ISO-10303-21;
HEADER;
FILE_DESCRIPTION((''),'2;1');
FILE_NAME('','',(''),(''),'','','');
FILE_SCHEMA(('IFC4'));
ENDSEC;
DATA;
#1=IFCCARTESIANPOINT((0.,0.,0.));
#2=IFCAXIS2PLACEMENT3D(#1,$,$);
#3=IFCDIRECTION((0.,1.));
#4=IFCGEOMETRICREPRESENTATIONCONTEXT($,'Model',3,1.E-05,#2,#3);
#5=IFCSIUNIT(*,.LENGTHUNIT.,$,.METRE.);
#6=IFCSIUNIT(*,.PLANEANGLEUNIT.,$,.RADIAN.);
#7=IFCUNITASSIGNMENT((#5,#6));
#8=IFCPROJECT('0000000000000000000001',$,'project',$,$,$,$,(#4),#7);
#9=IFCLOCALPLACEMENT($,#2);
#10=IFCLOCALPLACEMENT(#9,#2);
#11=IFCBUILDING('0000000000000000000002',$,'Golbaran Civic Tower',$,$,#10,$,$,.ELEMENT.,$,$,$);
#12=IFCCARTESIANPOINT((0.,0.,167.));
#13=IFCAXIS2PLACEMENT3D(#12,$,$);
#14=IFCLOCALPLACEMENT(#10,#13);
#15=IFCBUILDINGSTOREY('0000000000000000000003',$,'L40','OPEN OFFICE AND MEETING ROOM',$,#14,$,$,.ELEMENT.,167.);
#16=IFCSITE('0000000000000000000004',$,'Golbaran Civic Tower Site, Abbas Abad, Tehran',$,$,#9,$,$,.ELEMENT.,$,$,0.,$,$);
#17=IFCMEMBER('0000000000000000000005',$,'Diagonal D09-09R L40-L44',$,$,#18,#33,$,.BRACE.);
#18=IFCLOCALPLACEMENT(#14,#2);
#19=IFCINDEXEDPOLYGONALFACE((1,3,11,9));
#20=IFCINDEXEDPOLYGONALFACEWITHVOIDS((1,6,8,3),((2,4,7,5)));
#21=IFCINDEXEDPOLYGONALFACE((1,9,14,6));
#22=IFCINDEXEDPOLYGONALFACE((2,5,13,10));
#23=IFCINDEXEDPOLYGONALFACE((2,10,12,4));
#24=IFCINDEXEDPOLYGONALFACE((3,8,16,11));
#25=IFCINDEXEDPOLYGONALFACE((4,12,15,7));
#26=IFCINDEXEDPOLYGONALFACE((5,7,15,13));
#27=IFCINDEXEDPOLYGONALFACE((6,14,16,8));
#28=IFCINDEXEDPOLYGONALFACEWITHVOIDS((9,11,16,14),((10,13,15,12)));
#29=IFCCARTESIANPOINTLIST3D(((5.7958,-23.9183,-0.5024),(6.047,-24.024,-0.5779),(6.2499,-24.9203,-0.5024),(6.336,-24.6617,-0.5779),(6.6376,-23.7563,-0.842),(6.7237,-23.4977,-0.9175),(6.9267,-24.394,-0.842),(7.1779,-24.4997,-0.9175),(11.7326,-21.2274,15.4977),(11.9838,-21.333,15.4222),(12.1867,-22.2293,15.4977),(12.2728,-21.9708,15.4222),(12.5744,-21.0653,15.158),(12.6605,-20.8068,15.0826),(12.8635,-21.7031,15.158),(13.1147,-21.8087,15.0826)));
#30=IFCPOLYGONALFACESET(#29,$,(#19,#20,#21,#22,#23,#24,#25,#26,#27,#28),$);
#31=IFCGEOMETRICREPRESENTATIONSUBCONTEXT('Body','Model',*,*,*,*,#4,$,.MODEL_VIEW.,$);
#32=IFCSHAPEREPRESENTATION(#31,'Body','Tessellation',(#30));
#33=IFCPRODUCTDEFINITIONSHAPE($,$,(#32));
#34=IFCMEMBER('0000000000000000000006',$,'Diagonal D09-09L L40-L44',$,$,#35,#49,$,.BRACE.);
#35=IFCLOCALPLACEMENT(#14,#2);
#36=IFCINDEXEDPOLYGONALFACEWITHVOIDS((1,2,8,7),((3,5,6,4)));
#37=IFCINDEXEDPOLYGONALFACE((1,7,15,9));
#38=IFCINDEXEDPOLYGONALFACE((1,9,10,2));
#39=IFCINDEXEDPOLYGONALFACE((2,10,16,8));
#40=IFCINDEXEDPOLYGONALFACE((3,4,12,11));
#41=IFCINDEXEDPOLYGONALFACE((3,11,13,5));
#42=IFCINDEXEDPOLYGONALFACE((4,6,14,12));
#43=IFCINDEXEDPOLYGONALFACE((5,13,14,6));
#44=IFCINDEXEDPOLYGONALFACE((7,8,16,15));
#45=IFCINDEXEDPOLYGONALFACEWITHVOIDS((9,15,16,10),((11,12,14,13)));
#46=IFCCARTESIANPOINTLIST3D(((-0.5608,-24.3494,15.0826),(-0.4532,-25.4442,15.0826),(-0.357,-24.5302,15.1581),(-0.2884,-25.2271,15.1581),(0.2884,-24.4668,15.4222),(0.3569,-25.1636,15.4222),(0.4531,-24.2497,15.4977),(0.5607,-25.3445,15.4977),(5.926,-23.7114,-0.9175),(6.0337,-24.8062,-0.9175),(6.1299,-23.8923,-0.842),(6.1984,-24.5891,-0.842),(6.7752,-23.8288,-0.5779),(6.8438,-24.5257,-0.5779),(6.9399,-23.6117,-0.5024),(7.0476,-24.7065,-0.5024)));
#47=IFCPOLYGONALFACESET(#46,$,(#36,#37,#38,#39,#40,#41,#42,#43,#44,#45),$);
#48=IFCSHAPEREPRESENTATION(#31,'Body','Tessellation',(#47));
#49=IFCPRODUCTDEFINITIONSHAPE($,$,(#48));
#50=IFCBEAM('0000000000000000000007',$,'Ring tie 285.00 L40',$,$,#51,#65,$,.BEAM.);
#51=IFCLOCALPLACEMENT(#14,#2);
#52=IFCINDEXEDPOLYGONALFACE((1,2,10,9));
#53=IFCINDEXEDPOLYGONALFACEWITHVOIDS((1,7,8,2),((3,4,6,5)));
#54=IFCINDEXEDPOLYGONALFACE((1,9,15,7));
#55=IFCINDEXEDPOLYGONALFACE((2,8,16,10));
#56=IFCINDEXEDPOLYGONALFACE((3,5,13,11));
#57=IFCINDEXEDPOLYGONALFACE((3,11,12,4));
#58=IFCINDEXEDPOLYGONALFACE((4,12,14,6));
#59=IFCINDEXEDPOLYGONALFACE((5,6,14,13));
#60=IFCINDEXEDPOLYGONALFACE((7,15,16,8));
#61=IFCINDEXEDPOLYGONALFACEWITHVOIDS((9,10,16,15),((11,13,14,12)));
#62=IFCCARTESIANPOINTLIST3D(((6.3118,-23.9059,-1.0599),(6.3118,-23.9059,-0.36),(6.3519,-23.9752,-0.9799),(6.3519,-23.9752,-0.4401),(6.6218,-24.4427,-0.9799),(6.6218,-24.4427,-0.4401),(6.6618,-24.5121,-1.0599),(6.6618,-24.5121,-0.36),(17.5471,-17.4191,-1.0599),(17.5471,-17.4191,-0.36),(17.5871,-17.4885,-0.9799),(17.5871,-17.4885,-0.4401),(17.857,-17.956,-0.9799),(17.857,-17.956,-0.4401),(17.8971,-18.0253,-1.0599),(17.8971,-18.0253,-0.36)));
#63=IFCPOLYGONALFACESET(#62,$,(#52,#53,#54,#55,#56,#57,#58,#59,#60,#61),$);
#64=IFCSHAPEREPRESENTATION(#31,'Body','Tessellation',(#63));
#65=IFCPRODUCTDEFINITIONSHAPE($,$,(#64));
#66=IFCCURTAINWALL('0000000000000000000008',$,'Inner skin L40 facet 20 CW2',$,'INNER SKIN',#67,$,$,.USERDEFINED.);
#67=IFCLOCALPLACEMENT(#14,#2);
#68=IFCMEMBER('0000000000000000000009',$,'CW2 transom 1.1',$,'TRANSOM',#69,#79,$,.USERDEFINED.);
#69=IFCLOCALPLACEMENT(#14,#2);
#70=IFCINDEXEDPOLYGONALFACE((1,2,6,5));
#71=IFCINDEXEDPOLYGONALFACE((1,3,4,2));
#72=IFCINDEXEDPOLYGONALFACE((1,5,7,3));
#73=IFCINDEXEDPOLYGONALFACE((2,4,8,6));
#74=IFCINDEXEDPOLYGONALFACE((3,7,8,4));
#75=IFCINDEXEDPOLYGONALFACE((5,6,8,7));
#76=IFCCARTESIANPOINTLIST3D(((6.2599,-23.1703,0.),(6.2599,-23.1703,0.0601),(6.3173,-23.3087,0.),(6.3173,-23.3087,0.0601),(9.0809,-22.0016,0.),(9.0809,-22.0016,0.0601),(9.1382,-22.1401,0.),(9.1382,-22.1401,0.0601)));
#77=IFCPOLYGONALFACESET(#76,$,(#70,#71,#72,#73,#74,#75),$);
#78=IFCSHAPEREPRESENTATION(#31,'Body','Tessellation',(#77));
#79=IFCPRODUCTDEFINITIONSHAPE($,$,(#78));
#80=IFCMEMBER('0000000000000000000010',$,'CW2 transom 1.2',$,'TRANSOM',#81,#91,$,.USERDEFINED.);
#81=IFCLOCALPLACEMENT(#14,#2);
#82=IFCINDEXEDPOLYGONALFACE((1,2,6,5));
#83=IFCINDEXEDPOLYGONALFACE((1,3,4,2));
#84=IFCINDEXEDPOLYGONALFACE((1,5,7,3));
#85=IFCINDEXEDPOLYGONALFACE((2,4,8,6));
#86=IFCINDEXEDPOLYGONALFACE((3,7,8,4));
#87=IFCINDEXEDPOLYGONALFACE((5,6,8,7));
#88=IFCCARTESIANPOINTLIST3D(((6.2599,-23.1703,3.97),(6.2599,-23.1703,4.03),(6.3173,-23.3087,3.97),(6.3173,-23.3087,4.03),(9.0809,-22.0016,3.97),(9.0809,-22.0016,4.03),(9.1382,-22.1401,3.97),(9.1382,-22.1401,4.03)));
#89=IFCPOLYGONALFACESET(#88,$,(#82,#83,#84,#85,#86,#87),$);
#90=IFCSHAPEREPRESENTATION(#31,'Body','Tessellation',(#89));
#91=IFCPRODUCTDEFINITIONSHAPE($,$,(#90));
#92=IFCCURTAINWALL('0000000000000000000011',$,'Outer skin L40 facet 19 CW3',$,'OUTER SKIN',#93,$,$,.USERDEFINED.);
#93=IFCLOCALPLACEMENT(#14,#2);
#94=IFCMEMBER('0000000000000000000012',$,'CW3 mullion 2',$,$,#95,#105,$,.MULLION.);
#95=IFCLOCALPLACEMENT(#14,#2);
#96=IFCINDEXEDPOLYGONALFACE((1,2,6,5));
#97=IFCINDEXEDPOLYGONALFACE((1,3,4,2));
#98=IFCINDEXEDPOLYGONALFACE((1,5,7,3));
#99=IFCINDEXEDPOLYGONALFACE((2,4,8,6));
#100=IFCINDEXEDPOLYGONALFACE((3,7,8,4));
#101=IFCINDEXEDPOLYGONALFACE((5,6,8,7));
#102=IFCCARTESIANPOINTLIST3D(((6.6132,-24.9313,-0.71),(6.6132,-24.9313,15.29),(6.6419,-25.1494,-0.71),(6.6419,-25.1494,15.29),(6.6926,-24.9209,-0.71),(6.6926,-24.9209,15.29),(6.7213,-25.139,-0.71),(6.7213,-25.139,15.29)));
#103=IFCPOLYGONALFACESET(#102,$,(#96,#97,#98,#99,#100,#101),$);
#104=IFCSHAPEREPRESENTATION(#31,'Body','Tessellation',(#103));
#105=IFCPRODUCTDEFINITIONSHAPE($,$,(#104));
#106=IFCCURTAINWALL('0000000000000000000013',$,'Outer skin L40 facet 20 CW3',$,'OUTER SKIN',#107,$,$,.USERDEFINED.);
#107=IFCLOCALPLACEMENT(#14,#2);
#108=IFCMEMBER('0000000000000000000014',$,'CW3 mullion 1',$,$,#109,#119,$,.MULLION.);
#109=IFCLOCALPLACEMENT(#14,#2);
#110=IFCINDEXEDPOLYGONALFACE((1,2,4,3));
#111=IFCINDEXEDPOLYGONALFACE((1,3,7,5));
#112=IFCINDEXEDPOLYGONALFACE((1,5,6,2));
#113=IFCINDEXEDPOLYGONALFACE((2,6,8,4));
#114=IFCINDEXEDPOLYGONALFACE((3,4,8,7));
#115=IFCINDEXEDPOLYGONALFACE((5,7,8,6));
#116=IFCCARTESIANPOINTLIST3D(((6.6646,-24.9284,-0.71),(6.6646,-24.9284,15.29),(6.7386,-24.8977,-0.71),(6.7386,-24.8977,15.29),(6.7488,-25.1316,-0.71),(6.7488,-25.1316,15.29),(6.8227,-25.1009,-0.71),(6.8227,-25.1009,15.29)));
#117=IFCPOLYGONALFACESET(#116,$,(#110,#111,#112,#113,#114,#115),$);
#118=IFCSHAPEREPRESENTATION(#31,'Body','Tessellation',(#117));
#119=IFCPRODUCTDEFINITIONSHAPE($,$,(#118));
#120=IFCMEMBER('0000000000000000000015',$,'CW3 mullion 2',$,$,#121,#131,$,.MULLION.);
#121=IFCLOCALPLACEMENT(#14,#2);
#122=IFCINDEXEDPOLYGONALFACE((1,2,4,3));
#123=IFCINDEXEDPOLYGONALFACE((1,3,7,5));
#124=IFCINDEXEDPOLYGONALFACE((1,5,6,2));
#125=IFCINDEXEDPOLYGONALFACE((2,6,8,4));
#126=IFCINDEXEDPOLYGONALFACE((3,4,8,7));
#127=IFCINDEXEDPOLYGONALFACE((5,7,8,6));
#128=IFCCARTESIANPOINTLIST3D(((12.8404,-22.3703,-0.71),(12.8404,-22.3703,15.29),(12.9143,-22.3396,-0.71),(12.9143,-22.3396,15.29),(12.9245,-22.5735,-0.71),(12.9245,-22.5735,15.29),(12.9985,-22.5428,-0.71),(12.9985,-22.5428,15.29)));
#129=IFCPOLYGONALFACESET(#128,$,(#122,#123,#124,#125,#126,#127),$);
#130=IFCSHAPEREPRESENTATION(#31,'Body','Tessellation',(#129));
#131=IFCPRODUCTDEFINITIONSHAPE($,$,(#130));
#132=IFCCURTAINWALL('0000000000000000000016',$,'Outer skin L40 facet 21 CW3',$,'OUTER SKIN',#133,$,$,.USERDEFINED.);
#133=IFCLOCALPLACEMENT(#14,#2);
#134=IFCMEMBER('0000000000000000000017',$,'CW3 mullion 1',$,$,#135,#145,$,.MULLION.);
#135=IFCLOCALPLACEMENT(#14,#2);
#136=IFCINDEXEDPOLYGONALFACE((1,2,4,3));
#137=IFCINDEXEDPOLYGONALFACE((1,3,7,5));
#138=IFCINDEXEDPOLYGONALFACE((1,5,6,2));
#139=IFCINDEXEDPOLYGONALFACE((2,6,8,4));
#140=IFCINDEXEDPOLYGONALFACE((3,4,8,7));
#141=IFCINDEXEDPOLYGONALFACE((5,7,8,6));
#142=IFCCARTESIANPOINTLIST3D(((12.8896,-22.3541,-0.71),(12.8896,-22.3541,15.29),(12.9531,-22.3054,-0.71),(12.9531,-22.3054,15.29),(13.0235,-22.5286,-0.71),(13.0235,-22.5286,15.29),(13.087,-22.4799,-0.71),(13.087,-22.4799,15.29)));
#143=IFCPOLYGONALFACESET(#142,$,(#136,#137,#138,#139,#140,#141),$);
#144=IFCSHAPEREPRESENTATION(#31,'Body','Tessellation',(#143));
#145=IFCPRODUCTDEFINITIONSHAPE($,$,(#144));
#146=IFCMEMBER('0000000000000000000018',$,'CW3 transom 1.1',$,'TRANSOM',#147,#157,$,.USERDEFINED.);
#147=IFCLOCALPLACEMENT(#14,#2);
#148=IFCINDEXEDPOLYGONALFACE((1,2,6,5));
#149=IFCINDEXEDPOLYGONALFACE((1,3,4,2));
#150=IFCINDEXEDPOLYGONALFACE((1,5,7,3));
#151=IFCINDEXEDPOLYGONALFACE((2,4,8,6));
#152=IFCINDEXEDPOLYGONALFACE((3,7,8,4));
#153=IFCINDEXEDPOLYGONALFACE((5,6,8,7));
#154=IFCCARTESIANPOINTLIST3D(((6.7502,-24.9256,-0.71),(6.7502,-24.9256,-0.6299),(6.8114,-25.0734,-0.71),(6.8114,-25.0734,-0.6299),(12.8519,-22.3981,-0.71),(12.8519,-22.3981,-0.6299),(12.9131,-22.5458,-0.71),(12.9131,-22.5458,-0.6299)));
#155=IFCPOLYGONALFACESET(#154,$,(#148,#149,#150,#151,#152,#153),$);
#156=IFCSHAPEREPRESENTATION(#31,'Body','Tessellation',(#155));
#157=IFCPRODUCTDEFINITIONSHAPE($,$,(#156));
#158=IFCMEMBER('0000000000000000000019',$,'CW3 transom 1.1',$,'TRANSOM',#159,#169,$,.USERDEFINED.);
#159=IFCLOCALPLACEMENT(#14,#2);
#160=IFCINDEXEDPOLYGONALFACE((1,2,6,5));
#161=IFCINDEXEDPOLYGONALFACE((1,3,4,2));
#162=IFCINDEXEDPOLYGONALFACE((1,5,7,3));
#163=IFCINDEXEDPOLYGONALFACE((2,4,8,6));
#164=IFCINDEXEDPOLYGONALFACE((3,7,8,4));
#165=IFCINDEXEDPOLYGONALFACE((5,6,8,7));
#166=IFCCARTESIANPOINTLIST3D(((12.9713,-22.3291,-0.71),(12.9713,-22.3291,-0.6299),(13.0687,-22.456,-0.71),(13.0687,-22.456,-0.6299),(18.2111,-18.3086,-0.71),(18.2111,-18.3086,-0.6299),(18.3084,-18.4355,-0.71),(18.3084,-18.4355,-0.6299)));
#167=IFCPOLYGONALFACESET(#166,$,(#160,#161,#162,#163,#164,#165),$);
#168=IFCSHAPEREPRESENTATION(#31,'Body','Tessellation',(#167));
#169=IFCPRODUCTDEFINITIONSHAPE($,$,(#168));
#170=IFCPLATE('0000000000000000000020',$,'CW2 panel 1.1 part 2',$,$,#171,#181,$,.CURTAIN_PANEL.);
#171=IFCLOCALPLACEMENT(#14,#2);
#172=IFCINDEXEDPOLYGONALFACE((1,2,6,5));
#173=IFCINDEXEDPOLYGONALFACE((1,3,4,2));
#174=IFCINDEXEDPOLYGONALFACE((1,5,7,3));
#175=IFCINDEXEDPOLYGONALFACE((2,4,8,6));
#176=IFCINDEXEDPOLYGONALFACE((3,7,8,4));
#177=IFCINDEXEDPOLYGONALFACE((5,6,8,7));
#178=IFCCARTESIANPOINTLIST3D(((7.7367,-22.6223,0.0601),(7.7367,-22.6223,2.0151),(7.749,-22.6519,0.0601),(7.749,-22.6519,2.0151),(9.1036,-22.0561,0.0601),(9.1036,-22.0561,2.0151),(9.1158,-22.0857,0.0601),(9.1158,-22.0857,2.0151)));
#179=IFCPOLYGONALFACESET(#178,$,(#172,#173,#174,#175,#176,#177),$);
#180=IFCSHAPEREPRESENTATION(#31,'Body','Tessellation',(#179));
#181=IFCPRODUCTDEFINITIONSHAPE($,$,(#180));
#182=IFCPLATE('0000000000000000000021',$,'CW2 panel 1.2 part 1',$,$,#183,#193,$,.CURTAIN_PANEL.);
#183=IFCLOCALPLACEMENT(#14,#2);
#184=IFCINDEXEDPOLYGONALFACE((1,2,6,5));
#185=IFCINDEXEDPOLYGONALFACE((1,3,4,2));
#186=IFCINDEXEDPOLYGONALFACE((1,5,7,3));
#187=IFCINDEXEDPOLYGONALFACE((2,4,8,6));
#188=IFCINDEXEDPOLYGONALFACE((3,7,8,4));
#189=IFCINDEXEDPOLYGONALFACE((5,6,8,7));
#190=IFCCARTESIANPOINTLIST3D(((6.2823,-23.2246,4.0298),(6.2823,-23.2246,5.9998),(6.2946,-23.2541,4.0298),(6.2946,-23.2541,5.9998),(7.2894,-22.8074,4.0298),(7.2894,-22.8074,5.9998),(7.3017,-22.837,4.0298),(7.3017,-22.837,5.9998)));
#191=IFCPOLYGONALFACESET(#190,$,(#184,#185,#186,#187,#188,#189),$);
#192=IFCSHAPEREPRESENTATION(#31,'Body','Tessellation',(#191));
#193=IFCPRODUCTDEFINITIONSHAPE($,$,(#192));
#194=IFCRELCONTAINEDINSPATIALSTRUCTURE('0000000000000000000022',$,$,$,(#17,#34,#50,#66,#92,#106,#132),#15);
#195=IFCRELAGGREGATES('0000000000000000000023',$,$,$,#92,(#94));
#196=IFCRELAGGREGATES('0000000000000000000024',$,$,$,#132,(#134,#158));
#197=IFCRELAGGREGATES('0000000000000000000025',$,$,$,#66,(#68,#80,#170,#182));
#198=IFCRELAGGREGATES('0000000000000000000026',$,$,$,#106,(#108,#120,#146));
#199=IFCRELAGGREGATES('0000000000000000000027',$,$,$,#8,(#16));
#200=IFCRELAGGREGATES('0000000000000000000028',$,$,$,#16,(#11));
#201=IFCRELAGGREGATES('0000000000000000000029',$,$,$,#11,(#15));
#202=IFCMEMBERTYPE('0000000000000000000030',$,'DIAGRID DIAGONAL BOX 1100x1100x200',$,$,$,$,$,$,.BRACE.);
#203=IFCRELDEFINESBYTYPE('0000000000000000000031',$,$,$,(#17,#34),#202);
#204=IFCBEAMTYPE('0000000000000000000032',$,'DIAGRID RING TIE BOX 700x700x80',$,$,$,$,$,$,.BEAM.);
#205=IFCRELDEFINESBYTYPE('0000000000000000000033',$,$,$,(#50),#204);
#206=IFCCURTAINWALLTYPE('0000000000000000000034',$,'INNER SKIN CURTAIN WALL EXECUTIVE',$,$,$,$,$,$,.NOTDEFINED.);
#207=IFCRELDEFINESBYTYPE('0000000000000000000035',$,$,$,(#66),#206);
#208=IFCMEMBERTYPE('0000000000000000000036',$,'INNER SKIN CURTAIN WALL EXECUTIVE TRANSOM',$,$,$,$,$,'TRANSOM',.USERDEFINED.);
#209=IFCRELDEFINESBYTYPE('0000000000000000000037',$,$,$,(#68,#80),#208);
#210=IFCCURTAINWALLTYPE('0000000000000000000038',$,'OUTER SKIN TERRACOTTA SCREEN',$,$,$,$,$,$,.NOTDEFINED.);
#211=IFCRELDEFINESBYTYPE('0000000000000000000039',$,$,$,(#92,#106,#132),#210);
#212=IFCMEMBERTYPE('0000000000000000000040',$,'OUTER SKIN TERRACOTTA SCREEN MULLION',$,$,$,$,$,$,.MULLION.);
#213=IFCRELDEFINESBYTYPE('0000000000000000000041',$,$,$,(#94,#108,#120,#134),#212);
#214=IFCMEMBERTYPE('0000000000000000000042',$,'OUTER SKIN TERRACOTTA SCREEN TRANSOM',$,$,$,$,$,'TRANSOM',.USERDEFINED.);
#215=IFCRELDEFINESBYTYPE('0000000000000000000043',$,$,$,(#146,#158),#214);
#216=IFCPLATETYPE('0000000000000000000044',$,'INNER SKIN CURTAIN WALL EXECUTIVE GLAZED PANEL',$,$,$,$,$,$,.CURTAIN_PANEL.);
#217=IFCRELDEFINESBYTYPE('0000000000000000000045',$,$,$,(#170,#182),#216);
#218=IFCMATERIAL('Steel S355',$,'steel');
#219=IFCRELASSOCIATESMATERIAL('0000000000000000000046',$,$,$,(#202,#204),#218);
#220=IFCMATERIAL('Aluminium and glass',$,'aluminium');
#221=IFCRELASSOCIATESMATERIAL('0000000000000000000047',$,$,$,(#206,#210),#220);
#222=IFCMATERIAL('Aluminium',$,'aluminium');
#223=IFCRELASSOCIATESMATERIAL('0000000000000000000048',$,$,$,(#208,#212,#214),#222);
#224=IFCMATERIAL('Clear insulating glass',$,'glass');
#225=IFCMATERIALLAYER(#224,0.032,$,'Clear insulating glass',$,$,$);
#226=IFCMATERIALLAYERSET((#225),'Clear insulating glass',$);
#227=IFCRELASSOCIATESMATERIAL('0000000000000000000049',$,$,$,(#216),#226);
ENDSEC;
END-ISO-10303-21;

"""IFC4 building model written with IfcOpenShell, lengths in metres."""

from ifc_helpers import new_model, si_unit, direction, frame, origin, origin_2d, place, context, subcontext, project, spatial, rectangle, hollow_rectangle, extrude, material, layer, layer_set, material_profile, profile_set, type_object, element, aggregate, save


model = new_model("IFC4")

# Units and contexts
model_context = context("Model", 3, precision=1e-05, world=origin(), true_north=direction((0.0, 1.0)))
body_context = subcontext(model_context, "Body", "Model", "MODEL_VIEW")
ifc_project = project(units=[si_unit("LENGTHUNIT", "METRE"), si_unit("PLANEANGLEUNIT", "RADIAN")], contexts=[model_context])

# Site, building, storey
site_placement = place(None, origin())
site = spatial("IfcSite", under=ifc_project, at=site_placement, Name="Golbaran Civic Tower Site, Abbas Abad, Tehran", CompositionType="ELEMENT", RefElevation=0.0)
building_placement = place(site_placement, origin())
building = spatial("IfcBuilding", under=site, at=building_placement, Name="Golbaran Civic Tower", CompositionType="ELEMENT")
storey_placement = place(building_placement, frame((0.0, 0.0, 167.0)))
storey = spatial("IfcBuildingStorey", under=building, at=storey_placement, Name="L40", Description="OPEN OFFICE AND MEETING ROOM", CompositionType="ELEMENT", Elevation=167.0)

# Members
ifc_material_1 = material(Name="Steel S355", Category="steel")
ifc_material_profile_1 = material_profile(ifc_material_1, hollow_rectangle(XDim=1.1001, YDim=1.1001, WallThickness=0.2, at=origin_2d()), Name="BOX 1100x1100x200")
ifc_profile_set_1 = profile_set([ifc_material_profile_1], Name="Steel S355")
member_type_1 = type_object("IfcMemberType", Name="DIAGRID DIAGONAL BOX 1100x1100x200", PredefinedType="BRACE", material=ifc_profile_set_1)
for number, where, z_axis, x_axis, name in (
    (1, (6.4868, -24.209, -0.71), (0.343627, 0.155754, 0.9261), (-0.412835, 0.910806, 0.0), "Diagonal D09-09R L40-L44"),
    (2, (6.4868, -24.209, -0.71), (-0.375465, -0.036925, 0.926101), (0.097872, -0.995199, 0.0), "Diagonal D09-09L L40-L44"),
):
    element("IfcMember", number, at=place(storey_placement, frame(where, z_axis=z_axis, x_axis=x_axis)), inside=storey, type_object=member_type_1, Name=name, PredefinedType="BRACE", context=body_context, shape_type="SweptSolid", body=[
        extrude(hollow_rectangle(XDim=1.1001, YDim=1.1001, WallThickness=0.2, at=origin_2d()), origin(), (0.0, 0.0, 1.0), 17.2769),
    ])

# Beam
ifc_material_profile_2 = material_profile(ifc_material_1, hollow_rectangle(XDim=0.7, YDim=0.7, WallThickness=0.0801, at=origin_2d()), Name="BOX 700x700x80")
ifc_profile_set_2 = profile_set([ifc_material_profile_2], Name="Steel S355")
beam_type = type_object("IfcBeamType", Name="DIAGRID RING TIE BOX 700x700x80", PredefinedType="BEAM", material=ifc_profile_set_2)
beam_placement = place(storey_placement, frame((6.4868, -24.209, -0.71), z_axis=(0.866023, 0.500005, 0.0), x_axis=(-0.500005, 0.866023, 0.0)))
element("IfcBeam", 3, at=beam_placement, inside=storey, type_object=beam_type, Name="Ring tie 285.00 L40", PredefinedType="BEAM", context=body_context, shape_type="SweptSolid", body=[
    extrude(hollow_rectangle(XDim=0.7, YDim=0.7, WallThickness=0.0801, at=origin_2d()), origin(), (0.0, 0.0, 1.0), 12.9734),
])

# Curtain wall, members
ifc_material_2 = material(Name="Aluminium and glass", Category="aluminium")
curtain_wall_type_1 = type_object("IfcCurtainWallType", Name="INNER SKIN CURTAIN WALL EXECUTIVE", PredefinedType="NOTDEFINED", material=ifc_material_2)
curtain_wall_1_placement = place(storey_placement, origin())
curtain_wall_1 = element("IfcCurtainWall", 4, at=curtain_wall_1_placement, inside=storey, type_object=curtain_wall_type_1, Name="Inner skin L40 facet 20 CW2", ObjectType="INNER SKIN", PredefinedType="USERDEFINED")
ifc_material_3 = material(Name="Aluminium", Category="aluminium")
ifc_material_profile_3 = material_profile(ifc_material_3, rectangle(XDim=0.1499, YDim=0.0601, at=origin_2d()), Name="INNER SKIN CURTAIN WALL EXECUTIVE TRANSOM")
ifc_profile_set_3 = profile_set([ifc_material_profile_3], Name="Aluminium")
member_type_2 = type_object("IfcMemberType", Name="INNER SKIN CURTAIN WALL EXECUTIVE TRANSOM", ElementType="TRANSOM", PredefinedType="USERDEFINED", material=ifc_profile_set_3)
member_1_placement = place(storey_placement, frame((6.2886, -23.2395, 0.03), z_axis=(0.923858, 0.382735, 0.0), x_axis=(-0.382735, 0.923858, 0.0)))
member_1 = element("IfcMember", 5, at=member_1_placement, type_object=member_type_2, Name="CW2 transom 1.1", ObjectType="TRANSOM", PredefinedType="USERDEFINED", context=body_context, shape_type="SweptSolid", body=[
    extrude(rectangle(XDim=0.1499, YDim=0.0601, at=origin_2d()), origin(), (0.0, 0.0, 1.0), 3.0535),
])
member_2_placement = place(storey_placement, frame((6.2886, -23.2395, 4.0), z_axis=(0.923858, 0.382735, 0.0), x_axis=(-0.382735, 0.923858, 0.0)))
member_2 = element("IfcMember", 6, at=member_2_placement, type_object=member_type_2, Name="CW2 transom 1.2", ObjectType="TRANSOM", PredefinedType="USERDEFINED", context=body_context, shape_type="SweptSolid", body=[
    extrude(rectangle(XDim=0.1499, YDim=0.0601, at=origin_2d()), origin(), (0.0, 0.0, 1.0), 3.0535),
])

# Curtain wall, member
curtain_wall_type_2 = type_object("IfcCurtainWallType", Name="OUTER SKIN TERRACOTTA SCREEN", PredefinedType="NOTDEFINED", material=ifc_material_2)
curtain_wall_2_placement = place(storey_placement, origin())
curtain_wall_2 = element("IfcCurtainWall", 7, at=curtain_wall_2_placement, inside=storey, type_object=curtain_wall_type_2, Name="Outer skin L40 facet 19 CW3", ObjectType="OUTER SKIN", PredefinedType="USERDEFINED")
ifc_material_profile_4 = material_profile(ifc_material_3, rectangle(XDim=0.22, YDim=0.0801, at=origin_2d()), Name="OUTER SKIN TERRACOTTA SCREEN MULLION")
ifc_profile_set_4 = profile_set([ifc_material_profile_4], Name="Aluminium")
member_type_3 = type_object("IfcMemberType", Name="OUTER SKIN TERRACOTTA SCREEN MULLION", PredefinedType="MULLION", material=ifc_profile_set_4)
member_3_placement = place(storey_placement, frame((6.6672, -25.0352, -0.71), z_axis=(0.0, 0.0, 1.0), x_axis=(-0.130526, 0.991445, 0.0)))
member_3 = element("IfcMember", 8, at=member_3_placement, type_object=member_type_3, Name="CW3 mullion 2", PredefinedType="MULLION", context=body_context, shape_type="SweptSolid", body=[
    extrude(rectangle(XDim=0.22, YDim=0.0801, at=origin_2d()), origin(), (0.0, 0.0, 1.0), 16.0),
])
aggregate(curtain_wall_2, [member_3])

# Curtain wall, members
curtain_wall_3_placement = place(storey_placement, origin())
curtain_wall_3 = element("IfcCurtainWall", 9, at=curtain_wall_3_placement, inside=storey, type_object=curtain_wall_type_2, Name="Outer skin L40 facet 20 CW3", ObjectType="OUTER SKIN", PredefinedType="USERDEFINED")
member_4_placement = place(storey_placement, frame((6.7437, -25.0146, -0.71), z_axis=(0.0, 0.0, 1.0), x_axis=(-0.382683, 0.92388, 0.0)))
member_4 = element("IfcMember", 10, at=member_4_placement, type_object=member_type_3, Name="CW3 mullion 1", PredefinedType="MULLION", context=body_context, shape_type="SweptSolid", body=[
    extrude(rectangle(XDim=0.22, YDim=0.0801, at=origin_2d()), origin(), (0.0, 0.0, 1.0), 16.0),
])
member_5_placement = place(storey_placement, frame((12.9194, -22.4565, -0.71), z_axis=(0.0, 0.0, 1.0), x_axis=(-0.382683, 0.92388, 0.0)))
member_5 = element("IfcMember", 11, at=member_5_placement, type_object=member_type_3, Name="CW3 mullion 2", PredefinedType="MULLION", context=body_context, shape_type="SweptSolid", body=[
    extrude(rectangle(XDim=0.22, YDim=0.0801, at=origin_2d()), origin(), (0.0, 0.0, 1.0), 16.0),
])

# Curtain wall, member
curtain_wall_4_placement = place(storey_placement, origin())
curtain_wall_4 = element("IfcCurtainWall", 12, at=curtain_wall_4_placement, inside=storey, type_object=curtain_wall_type_2, Name="Outer skin L40 facet 21 CW3", ObjectType="OUTER SKIN", PredefinedType="USERDEFINED")
member_6_placement = place(storey_placement, frame((12.9883, -22.417, -0.71), z_axis=(0.0, 0.0, 1.0), x_axis=(-0.608761, 0.793353, 0.0)))
member_6 = element("IfcMember", 13, at=member_6_placement, type_object=member_type_3, Name="CW3 mullion 1", PredefinedType="MULLION", context=body_context, shape_type="SweptSolid", body=[
    extrude(rectangle(XDim=0.22, YDim=0.0801, at=origin_2d()), origin(), (0.0, 0.0, 1.0), 16.0),
])

# Members
ifc_material_profile_5 = material_profile(ifc_material_3, rectangle(XDim=0.1599, YDim=0.0801, at=origin_2d()), Name="OUTER SKIN TERRACOTTA SCREEN TRANSOM")
ifc_profile_set_5 = profile_set([ifc_material_profile_5], Name="Aluminium")
member_type_4 = type_object("IfcMemberType", Name="OUTER SKIN TERRACOTTA SCREEN TRANSOM", ElementType="TRANSOM", PredefinedType="USERDEFINED", material=ifc_profile_set_5)
member_7_placement = place(storey_placement, frame((6.7808, -24.9995, -0.6699), z_axis=(0.923872, 0.382701, 0.0), x_axis=(-0.382701, 0.923872, 0.0)))
member_7 = element("IfcMember", 14, at=member_7_placement, type_object=member_type_4, Name="CW3 transom 1.1", ObjectType="TRANSOM", PredefinedType="USERDEFINED", context=body_context, shape_type="SweptSolid", body=[
    extrude(rectangle(XDim=0.1599, YDim=0.0801, at=origin_2d()), origin(), (0.0, 0.0, 1.0), 6.6045),
])
member_8_placement = place(storey_placement, frame((13.02, -22.3926, -0.6699), z_axis=(0.79336, 0.608753, 0.0), x_axis=(-0.608753, 0.79336, 0.0)))
member_8 = element("IfcMember", 15, at=member_8_placement, type_object=member_type_4, Name="CW3 transom 1.1", ObjectType="TRANSOM", PredefinedType="USERDEFINED", context=body_context, shape_type="SweptSolid", body=[
    extrude(rectangle(XDim=0.1599, YDim=0.0801, at=origin_2d()), origin(), (0.0, 0.0, 1.0), 6.6045),
])
aggregate(curtain_wall_4, [member_6, member_8])

# Plates
ifc_material_4 = material(Name="Clear insulating glass", Category="glass")
ifc_layer_1 = layer(ifc_material_4, 0.032, Name="Clear insulating glass")
ifc_layer_set_1 = layer_set([ifc_layer_1], Name="Clear insulating glass")
plate_type_1 = type_object("IfcPlateType", Name="INNER SKIN CURTAIN WALL EXECUTIVE GLAZED PANEL", PredefinedType="CURTAIN_PANEL", material=ifc_layer_set_1)
plate_1_placement = place(storey_placement, frame((8.4263, -22.354, 0.0601), z_axis=(0.0, 0.0, 1.0), x_axis=(0.92388, 0.382683, 0.0)))
plate_1 = element("IfcPlate", 16, at=plate_1_placement, type_object=plate_type_1, Name="CW2 panel 1.1 part 2", PredefinedType="CURTAIN_PANEL", context=body_context, shape_type="SweptSolid", body=[
    extrude(rectangle(XDim=1.4795, YDim=0.032, at=origin_2d()), origin(), (0.0, 0.0, 1.0), 1.9551),
])
plate_2_placement = place(storey_placement, frame((6.792, -23.0308, 4.0298), z_axis=(0.0, 0.0, 1.0), x_axis=(0.92388, 0.382683, 0.0)))
plate_2 = element("IfcPlate", 17, at=plate_2_placement, type_object=plate_type_1, Name="CW2 panel 1.2 part 1", PredefinedType="CURTAIN_PANEL", context=body_context, shape_type="SweptSolid", body=[
    extrude(rectangle(XDim=1.0901, YDim=0.032, at=origin_2d()), origin(), (0.0, 0.0, 1.0), 1.97),
])
aggregate(curtain_wall_1, [member_1, member_2, plate_1, plate_2])
aggregate(curtain_wall_3, [member_4, member_5, member_7])

save(model, "model.ifc")
